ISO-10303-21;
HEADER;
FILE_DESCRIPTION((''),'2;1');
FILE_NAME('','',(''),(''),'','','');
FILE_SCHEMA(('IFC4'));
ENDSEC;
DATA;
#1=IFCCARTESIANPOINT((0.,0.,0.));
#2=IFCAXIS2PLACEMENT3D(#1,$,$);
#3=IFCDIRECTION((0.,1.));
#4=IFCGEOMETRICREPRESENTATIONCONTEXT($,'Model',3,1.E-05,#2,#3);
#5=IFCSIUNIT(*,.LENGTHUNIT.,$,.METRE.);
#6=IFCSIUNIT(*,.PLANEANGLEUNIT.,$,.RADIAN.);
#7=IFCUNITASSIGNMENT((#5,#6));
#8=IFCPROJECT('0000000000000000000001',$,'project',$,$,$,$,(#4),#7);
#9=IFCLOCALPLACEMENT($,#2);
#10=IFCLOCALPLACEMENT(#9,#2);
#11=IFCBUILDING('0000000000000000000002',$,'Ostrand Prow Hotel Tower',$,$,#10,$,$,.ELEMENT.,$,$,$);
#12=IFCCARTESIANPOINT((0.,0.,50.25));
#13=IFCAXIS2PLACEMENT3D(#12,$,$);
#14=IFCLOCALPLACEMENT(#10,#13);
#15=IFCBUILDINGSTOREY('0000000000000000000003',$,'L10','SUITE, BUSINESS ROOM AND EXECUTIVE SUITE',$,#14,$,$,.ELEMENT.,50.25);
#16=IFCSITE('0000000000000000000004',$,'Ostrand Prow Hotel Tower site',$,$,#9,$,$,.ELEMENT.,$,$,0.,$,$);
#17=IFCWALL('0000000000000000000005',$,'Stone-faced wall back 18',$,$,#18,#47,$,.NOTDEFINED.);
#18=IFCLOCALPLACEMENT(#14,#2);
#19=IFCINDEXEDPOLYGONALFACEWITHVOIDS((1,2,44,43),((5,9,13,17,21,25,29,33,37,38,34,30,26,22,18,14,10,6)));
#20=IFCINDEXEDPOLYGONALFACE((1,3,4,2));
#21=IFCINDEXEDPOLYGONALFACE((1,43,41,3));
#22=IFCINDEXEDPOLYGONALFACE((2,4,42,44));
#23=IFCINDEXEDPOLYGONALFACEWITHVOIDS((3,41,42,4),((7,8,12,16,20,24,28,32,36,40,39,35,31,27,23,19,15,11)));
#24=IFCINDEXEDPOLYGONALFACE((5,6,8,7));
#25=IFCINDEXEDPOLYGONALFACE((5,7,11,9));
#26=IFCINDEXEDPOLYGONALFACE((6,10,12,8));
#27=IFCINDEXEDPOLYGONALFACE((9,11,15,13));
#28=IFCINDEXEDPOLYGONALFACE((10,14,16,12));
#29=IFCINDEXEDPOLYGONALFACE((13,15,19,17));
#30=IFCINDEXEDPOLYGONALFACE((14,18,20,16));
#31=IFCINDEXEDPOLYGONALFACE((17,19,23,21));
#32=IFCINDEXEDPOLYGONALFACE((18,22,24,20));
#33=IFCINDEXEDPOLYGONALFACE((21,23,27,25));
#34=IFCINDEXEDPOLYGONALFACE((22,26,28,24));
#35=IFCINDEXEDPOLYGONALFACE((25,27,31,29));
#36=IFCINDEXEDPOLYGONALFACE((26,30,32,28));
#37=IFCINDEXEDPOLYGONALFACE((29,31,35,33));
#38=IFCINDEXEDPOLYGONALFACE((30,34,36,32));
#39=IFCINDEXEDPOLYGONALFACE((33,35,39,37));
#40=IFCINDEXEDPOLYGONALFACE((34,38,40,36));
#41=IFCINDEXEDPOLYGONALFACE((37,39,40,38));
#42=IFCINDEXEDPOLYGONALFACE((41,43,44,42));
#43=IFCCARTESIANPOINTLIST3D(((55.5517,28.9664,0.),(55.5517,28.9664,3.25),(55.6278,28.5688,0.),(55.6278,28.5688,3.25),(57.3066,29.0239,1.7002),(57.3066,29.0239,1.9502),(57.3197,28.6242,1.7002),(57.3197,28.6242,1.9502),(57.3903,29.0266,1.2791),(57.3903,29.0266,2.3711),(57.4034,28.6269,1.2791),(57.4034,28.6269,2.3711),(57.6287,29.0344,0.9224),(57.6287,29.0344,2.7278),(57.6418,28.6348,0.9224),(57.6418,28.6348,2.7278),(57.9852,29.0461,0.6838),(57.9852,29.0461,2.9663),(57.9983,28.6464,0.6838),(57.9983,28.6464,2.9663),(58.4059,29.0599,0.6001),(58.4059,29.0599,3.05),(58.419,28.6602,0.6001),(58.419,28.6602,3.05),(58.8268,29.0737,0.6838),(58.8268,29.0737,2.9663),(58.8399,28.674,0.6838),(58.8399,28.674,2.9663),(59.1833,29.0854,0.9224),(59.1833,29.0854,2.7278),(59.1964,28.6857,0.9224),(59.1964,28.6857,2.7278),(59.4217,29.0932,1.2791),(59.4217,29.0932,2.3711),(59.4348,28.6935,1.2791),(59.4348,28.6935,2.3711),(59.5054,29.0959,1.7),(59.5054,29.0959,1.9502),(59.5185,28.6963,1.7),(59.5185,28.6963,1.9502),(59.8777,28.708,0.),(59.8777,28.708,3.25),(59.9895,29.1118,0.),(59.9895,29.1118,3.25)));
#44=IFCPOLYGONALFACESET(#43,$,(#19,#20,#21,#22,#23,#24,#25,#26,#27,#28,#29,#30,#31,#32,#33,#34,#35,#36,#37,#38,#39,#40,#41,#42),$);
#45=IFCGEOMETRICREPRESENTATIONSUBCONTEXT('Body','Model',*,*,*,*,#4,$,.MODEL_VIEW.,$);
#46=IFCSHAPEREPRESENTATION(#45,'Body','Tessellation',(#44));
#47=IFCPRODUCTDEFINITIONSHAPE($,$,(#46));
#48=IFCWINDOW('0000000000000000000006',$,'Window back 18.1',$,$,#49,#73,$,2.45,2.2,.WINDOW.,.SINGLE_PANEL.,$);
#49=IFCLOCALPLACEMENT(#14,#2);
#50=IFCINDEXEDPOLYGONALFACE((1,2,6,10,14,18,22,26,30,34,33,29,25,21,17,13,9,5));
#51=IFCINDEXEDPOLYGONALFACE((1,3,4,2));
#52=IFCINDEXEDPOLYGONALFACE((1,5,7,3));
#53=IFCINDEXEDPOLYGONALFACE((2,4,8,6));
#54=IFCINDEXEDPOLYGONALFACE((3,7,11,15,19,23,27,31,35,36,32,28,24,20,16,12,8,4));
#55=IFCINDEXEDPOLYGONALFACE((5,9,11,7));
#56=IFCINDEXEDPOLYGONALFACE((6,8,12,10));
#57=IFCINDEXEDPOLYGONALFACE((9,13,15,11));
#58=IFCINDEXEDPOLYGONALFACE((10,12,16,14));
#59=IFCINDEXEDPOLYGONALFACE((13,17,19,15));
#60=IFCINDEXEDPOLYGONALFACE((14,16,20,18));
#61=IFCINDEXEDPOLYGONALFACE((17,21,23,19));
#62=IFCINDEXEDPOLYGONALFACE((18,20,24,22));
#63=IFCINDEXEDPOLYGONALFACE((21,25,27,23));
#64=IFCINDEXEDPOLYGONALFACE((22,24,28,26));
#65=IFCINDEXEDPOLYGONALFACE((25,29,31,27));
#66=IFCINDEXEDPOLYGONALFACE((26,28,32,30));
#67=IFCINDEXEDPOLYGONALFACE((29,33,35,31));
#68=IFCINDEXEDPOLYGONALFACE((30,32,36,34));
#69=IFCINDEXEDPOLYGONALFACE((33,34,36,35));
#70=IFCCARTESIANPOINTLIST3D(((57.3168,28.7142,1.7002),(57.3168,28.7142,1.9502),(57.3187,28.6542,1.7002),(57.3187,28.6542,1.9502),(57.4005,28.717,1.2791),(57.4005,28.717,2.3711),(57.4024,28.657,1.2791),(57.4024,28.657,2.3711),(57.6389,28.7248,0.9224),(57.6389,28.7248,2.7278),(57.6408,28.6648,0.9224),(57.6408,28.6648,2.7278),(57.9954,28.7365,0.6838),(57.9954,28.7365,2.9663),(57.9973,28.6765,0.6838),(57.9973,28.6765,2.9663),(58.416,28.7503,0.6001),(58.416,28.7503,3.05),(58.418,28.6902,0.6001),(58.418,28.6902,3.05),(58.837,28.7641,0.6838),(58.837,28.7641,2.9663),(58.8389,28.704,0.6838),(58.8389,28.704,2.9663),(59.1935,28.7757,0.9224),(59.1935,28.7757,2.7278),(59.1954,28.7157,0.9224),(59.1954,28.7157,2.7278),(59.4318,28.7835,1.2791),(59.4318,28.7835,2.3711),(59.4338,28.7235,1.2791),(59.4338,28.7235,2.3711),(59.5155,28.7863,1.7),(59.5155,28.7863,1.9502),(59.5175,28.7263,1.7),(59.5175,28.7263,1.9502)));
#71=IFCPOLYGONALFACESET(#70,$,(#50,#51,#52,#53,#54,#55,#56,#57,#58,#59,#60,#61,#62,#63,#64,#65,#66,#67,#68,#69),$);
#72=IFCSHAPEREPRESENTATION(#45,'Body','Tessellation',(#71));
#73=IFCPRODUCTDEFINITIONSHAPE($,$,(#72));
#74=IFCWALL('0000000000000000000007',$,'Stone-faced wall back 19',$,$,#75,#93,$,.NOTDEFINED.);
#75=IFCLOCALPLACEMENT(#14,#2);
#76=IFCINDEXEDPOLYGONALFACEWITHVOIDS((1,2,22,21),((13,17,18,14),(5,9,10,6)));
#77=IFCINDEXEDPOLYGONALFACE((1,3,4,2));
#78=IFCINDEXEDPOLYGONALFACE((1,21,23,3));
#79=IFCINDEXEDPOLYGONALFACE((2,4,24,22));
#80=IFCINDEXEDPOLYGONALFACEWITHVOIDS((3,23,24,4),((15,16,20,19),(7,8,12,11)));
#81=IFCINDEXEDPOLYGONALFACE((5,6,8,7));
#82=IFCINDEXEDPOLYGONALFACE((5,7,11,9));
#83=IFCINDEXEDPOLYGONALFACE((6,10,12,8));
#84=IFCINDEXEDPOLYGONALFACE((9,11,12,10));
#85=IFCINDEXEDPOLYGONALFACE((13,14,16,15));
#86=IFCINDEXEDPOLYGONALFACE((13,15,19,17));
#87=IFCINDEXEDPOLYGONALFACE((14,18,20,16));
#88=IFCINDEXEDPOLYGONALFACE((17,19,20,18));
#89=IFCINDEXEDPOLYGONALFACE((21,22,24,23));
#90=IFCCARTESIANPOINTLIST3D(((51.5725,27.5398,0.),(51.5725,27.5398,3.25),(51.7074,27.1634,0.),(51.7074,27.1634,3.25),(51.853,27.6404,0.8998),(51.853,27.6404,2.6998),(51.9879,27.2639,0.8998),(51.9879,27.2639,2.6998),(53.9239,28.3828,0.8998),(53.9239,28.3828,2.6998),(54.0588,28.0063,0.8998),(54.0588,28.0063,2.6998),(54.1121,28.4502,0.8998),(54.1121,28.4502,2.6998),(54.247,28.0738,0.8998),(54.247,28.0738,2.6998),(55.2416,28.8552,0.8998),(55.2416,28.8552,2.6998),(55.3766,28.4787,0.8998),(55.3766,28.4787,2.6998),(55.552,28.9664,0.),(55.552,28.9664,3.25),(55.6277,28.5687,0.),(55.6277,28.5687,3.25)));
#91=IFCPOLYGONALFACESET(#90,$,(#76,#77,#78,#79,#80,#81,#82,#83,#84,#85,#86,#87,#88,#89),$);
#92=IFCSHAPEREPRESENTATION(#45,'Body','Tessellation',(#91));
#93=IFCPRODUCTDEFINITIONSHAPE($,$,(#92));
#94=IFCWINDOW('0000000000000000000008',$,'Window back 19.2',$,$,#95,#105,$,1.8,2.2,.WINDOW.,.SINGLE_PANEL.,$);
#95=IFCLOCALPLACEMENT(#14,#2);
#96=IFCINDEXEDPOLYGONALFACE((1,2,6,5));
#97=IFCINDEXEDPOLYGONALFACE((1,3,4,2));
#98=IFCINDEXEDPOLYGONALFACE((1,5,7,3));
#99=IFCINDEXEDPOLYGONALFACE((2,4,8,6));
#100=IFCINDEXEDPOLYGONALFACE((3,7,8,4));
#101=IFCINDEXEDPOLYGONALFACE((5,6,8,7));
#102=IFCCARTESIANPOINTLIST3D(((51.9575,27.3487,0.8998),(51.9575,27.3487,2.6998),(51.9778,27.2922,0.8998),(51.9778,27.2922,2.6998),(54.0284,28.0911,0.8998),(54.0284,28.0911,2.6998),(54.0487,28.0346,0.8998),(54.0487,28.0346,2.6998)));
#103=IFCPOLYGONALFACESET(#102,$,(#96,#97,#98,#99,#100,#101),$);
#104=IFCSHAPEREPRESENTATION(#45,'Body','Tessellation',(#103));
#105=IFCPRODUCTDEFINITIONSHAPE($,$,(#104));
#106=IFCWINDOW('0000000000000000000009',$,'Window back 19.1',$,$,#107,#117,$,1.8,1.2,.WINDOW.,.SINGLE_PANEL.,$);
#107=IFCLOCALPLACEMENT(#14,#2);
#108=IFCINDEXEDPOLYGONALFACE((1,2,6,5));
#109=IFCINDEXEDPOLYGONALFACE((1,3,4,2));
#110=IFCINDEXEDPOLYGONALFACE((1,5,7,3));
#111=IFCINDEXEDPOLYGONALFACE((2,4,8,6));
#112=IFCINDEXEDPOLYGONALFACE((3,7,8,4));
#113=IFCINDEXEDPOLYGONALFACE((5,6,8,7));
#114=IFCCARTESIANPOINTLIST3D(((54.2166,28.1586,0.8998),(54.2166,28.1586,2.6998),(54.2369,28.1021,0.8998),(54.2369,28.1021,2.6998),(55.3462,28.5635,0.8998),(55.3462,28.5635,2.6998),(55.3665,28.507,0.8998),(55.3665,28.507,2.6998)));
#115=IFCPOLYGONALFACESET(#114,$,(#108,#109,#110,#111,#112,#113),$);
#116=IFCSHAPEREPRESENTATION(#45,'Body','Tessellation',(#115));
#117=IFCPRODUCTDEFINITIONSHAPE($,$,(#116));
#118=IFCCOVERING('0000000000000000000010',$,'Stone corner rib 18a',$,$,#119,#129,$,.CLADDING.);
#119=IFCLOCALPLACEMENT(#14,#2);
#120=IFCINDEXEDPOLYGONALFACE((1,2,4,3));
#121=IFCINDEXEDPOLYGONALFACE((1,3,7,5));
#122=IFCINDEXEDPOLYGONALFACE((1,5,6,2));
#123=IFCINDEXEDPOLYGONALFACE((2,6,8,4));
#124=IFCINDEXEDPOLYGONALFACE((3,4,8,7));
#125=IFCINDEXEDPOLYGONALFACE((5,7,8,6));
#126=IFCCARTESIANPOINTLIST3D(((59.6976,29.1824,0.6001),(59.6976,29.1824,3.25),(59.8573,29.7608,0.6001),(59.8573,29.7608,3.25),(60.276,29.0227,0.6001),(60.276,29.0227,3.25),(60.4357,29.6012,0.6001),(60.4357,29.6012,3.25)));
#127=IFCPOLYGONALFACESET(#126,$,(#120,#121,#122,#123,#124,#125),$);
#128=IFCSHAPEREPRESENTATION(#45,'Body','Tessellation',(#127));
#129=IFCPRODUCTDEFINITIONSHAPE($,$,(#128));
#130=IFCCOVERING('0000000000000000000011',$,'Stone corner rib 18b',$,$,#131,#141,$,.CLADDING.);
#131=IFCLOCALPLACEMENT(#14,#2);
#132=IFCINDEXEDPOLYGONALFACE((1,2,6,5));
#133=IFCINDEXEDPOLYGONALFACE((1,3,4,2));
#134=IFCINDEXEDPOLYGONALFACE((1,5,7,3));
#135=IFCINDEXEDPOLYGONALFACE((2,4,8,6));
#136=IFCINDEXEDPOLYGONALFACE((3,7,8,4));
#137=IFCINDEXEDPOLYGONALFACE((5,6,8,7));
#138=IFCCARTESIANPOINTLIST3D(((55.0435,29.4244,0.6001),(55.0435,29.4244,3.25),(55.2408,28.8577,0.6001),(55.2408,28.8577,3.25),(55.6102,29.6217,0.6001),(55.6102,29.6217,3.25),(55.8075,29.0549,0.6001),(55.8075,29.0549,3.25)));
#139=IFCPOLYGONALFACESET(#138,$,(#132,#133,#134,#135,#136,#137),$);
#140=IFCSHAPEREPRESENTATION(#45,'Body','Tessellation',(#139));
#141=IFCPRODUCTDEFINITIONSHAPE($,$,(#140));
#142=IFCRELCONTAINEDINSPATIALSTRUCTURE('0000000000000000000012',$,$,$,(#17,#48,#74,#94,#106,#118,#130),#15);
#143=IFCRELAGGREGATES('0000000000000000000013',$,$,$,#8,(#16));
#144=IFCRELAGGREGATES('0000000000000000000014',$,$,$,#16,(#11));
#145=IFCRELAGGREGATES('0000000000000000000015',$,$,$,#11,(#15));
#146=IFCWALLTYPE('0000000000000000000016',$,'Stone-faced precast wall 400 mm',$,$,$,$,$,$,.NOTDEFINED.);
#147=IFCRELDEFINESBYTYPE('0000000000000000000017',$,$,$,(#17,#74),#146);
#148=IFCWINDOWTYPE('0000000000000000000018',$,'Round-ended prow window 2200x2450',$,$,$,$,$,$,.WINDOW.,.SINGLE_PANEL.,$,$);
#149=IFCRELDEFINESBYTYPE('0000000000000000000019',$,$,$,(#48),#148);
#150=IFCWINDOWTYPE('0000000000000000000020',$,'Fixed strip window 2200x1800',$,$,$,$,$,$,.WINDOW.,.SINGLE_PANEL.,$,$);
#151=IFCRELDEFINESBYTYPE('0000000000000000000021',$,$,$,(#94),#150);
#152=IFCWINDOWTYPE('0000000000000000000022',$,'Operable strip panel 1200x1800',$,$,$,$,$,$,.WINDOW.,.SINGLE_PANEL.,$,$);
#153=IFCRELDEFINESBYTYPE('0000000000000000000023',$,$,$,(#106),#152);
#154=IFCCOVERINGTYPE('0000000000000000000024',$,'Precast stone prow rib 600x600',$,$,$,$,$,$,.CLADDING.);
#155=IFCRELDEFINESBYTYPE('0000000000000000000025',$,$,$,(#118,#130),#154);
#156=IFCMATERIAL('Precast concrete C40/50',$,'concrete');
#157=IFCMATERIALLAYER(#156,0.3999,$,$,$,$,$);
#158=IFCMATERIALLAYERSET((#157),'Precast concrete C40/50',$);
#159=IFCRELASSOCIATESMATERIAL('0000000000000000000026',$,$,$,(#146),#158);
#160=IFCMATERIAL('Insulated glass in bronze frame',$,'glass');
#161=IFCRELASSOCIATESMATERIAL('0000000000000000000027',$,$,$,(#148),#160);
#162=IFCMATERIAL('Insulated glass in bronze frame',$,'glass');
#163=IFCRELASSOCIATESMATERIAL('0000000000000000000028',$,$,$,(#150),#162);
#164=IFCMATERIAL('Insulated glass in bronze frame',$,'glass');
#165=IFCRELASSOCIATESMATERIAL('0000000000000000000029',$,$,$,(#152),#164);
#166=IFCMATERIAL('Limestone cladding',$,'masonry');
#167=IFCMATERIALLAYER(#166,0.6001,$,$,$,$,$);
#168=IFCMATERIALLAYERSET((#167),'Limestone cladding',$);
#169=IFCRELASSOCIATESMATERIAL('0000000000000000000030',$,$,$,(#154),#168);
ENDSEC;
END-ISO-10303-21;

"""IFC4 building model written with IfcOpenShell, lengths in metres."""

from ifc_helpers import new_model, si_unit, direction, frame, frame_2d, origin, place, context, subcontext, project, spatial, polyline, rectangle, outline, extrude, material, layer, layer_set, type_object, element, fill, save


model = new_model("IFC4")

# Units and contexts
model_context = context("Model", 3, precision=1e-05, world=origin(), true_north=direction((0.0, 1.0)))
body_context = subcontext(model_context, "Body", "Model", "MODEL_VIEW")
ifc_project = project(units=[si_unit("LENGTHUNIT", "METRE"), si_unit("PLANEANGLEUNIT", "RADIAN")], contexts=[model_context])

# Site, building, storey
site_placement = place(None, origin())
site = spatial("IfcSite", under=ifc_project, at=site_placement, Name="Ostrand Prow Hotel Tower site", CompositionType="ELEMENT", RefElevation=0.0)
building_placement = place(site_placement, origin())
building = spatial("IfcBuilding", under=site, at=building_placement, Name="Ostrand Prow Hotel Tower", CompositionType="ELEMENT")
storey_placement = place(building_placement, frame((0.0, 0.0, 50.25)))
storey = spatial("IfcBuildingStorey", under=building, at=storey_placement, Name="L10", Description="SUITE, BUSINESS ROOM AND EXECUTIVE SUITE", CompositionType="ELEMENT", Elevation=50.25)

# Wall, opening, window
ifc_material_1 = material(Name="Precast concrete C40/50", Category="concrete")
ifc_layer_1 = layer(ifc_material_1, 0.3999)
ifc_layer_set_1 = layer_set([ifc_layer_1], Name="Precast concrete C40/50")
wall_type_1 = type_object("IfcWallType", Name="Stone-faced precast wall 400 mm", PredefinedType="NOTDEFINED", material=ifc_layer_set_1)
wall_1_placement = place(storey_placement, frame((59.9336, 28.9099, 0.0), z_axis=(0.0, 0.0, 1.0), x_axis=(-0.999464, -0.03275, 0.0)))
wall_1 = element("IfcWall", 1, at=wall_1_placement, inside=storey, type_object=wall_type_1, Name="Stone-faced wall back 18", PredefinedType="NOTDEFINED", context=body_context, shape_type="SweptSolid", body=[
    extrude(outline(polyline([(-0.0625, -0.2), (4.3777, -0.2), (4.3147, 0.2), (0.0625, 0.2), (-0.0625, -0.2)])), origin(), (0.0, 0.0, 1.0), 3.25),
])
opening_1_placement = place(wall_1_placement, frame((0.4219, 0.0, 0.6001)))
opening_1 = element("IfcOpeningElement", 2, at=opening_1_placement, cuts=wall_1, PredefinedType="OPENING", context=body_context, shape_type="SweptSolid", body=[
    extrude(outline(polyline([(0.0, 1.3501), (0.0837, 1.771), (0.3223, 2.1277), (0.679, 2.3662), (1.1001, 2.45), (1.521, 2.3662), (1.8777, 2.1277), (2.1162, 1.771), (2.2, 1.3501), (2.2, 1.1001), (2.1162, 0.679), (1.8777, 0.3223), (1.521, 0.0837), (1.1001, 0.0), (0.679, 0.0837), (0.3223, 0.3223), (0.0837, 0.679), (0.0, 1.0999), (0.0, 1.3501)])), frame((0.0, 0.21, 0.0), z_axis=(0.0, -1.0, 0.0), x_axis=(1.0, 0.0, 0.0)), (0.0, 0.0, 1.0), 0.4199),
])
ifc_material_2 = material(Name="Insulated glass in bronze frame", Category="glass")
window_type_1 = type_object("IfcWindowType", Name="Round-ended prow window 2200x2450", PartitioningType="SINGLE_PANEL", PredefinedType="WINDOW", material=ifc_material_2)
window_1_placement = place(opening_1_placement, origin())
window_1 = element("IfcWindow", 3, at=window_1_placement, inside=storey, type_object=window_type_1, Name="Window back 18.1", OverallHeight=2.45, OverallWidth=2.2, PartitioningType="SINGLE_PANEL", PredefinedType="WINDOW", context=body_context, shape_type="SweptSolid", body=[
    extrude(outline(polyline([(0.0, 1.3501), (0.0837, 1.771), (0.3223, 2.1277), (0.679, 2.3662), (1.1001, 2.45), (1.521, 2.3662), (1.8777, 2.1277), (2.1162, 1.771), (2.2, 1.3501), (2.2, 1.1001), (2.1162, 0.679), (1.8777, 0.3223), (1.521, 0.0837), (1.1001, 0.0), (0.679, 0.0837), (0.3223, 0.3223), (0.0837, 0.679), (0.0, 1.0999), (0.0, 1.3501)])), frame((0.0, 0.1699, 0.0), z_axis=(0.0, -1.0, 0.0), x_axis=(1.0, 0.0, 0.0)), (0.0, 0.0, 1.0), 0.0601),
])
fill(opening_1, window_1)

# Wall, openings, windows
wall_2_placement = place(storey_placement, frame((55.5898, 28.7676, 0.0), z_axis=(0.0, 0.0, 1.0), x_axis=(-0.94134, -0.33746, 0.0)))
wall_2 = element("IfcWall", 4, at=wall_2_placement, inside=storey, type_object=wall_type_1, Name="Stone-faced wall back 19", PredefinedType="NOTDEFINED", context=body_context, shape_type="SweptSolid", body=[
    extrude(outline(polyline([(-0.0315, -0.2), (4.196, -0.2), (4.196, 0.2), (0.0315, 0.2), (-0.0315, -0.2)])), origin(), (0.0, 0.0, 1.0), 3.25),
])
opening_2_placement = place(wall_2_placement, frame((0.2981, 0.0, 0.8999)))
opening_2 = element("IfcOpeningElement", 5, at=opening_2_placement, cuts=wall_2, PredefinedType="OPENING", context=body_context, shape_type="SweptSolid", body=[
    extrude(rectangle(XDim=1.2, YDim=1.8, at=frame_2d((0.6001, 0.8999))), frame((0.0, 0.21, 0.0), z_axis=(0.0, -1.0, 0.0), x_axis=(1.0, 0.0, 0.0)), (0.0, 0.0, 1.0), 0.4199),
])
opening_3_placement = place(wall_2_placement, frame((1.698, 0.0, 0.8999)))
opening_3 = element("IfcOpeningElement", 6, at=opening_3_placement, cuts=wall_2, PredefinedType="OPENING", context=body_context, shape_type="SweptSolid", body=[
    extrude(rectangle(XDim=2.2, YDim=1.8, at=frame_2d((1.1001, 0.8999))), frame((0.0, 0.21, 0.0), z_axis=(0.0, -1.0, 0.0), x_axis=(1.0, 0.0, 0.0)), (0.0, 0.0, 1.0), 0.4199),
])
ifc_material_3 = material(Name="Insulated glass in bronze frame", Category="glass")
window_type_2 = type_object("IfcWindowType", Name="Fixed strip window 2200x1800", PartitioningType="SINGLE_PANEL", PredefinedType="WINDOW", material=ifc_material_3)
window_2_placement = place(opening_3_placement, origin())
window_2 = element("IfcWindow", 7, at=window_2_placement, inside=storey, type_object=window_type_2, Name="Window back 19.2", OverallHeight=1.8, OverallWidth=2.2, PartitioningType="SINGLE_PANEL", PredefinedType="WINDOW", context=body_context, shape_type="SweptSolid", body=[
    extrude(rectangle(XDim=2.2, YDim=1.8, at=frame_2d((1.1001, 0.8999))), frame((0.0, 0.1699, 0.0), z_axis=(0.0, -1.0, 0.0), x_axis=(1.0, 0.0, 0.0)), (0.0, 0.0, 1.0), 0.0601),
])
fill(opening_3, window_2)
ifc_material_4 = material(Name="Insulated glass in bronze frame", Category="glass")
window_type_3 = type_object("IfcWindowType", Name="Operable strip panel 1200x1800", PartitioningType="SINGLE_PANEL", PredefinedType="WINDOW", material=ifc_material_4)
window_3_placement = place(opening_2_placement, origin())
window_3 = element("IfcWindow", 8, at=window_3_placement, inside=storey, type_object=window_type_3, Name="Window back 19.1", OverallHeight=1.8, OverallWidth=1.2, PartitioningType="SINGLE_PANEL", PredefinedType="WINDOW", context=body_context, shape_type="SweptSolid", body=[
    extrude(rectangle(XDim=1.2, YDim=1.8, at=frame_2d((0.6001, 0.8999))), frame((0.0, 0.1699, 0.0), z_axis=(0.0, -1.0, 0.0), x_axis=(1.0, 0.0, 0.0)), (0.0, 0.0, 1.0), 0.0601),
])
fill(opening_2, window_3)

# Coverings
ifc_material_5 = material(Name="Limestone cladding", Category="masonry")
ifc_layer_2 = layer(ifc_material_5, 0.6001)
ifc_layer_set_2 = layer_set([ifc_layer_2], Name="Limestone cladding")
covering_type = type_object("IfcCoveringType", Name="Precast stone prow rib 600x600", PredefinedType="CLADDING", material=ifc_layer_set_2)
for number, where, z_axis, x_axis, name in (
    (9, (59.9868, 29.1025, 0.6001), (0.0, 0.0, 1.0), (0.266112, 0.963942, 0.0), "Stone corner rib 18a"),
    (10, (55.5242, 28.9563, 0.6001), (0.0, 0.0, 1.0), (-0.328773, 0.944409, 0.0), "Stone corner rib 18b"),
):
    element("IfcCovering", number, at=place(storey_placement, frame(where, z_axis=z_axis, x_axis=x_axis)), inside=storey, type_object=covering_type, Name=name, PredefinedType="CLADDING", context=body_context, shape_type="SweptSolid", body=[
        extrude(rectangle(XDim=0.6001, YDim=0.6001, at=frame_2d((0.3, 0.0))), origin(), (0.0, 0.0, 1.0), 2.6499),
    ])

save(model, "model.ifc")
